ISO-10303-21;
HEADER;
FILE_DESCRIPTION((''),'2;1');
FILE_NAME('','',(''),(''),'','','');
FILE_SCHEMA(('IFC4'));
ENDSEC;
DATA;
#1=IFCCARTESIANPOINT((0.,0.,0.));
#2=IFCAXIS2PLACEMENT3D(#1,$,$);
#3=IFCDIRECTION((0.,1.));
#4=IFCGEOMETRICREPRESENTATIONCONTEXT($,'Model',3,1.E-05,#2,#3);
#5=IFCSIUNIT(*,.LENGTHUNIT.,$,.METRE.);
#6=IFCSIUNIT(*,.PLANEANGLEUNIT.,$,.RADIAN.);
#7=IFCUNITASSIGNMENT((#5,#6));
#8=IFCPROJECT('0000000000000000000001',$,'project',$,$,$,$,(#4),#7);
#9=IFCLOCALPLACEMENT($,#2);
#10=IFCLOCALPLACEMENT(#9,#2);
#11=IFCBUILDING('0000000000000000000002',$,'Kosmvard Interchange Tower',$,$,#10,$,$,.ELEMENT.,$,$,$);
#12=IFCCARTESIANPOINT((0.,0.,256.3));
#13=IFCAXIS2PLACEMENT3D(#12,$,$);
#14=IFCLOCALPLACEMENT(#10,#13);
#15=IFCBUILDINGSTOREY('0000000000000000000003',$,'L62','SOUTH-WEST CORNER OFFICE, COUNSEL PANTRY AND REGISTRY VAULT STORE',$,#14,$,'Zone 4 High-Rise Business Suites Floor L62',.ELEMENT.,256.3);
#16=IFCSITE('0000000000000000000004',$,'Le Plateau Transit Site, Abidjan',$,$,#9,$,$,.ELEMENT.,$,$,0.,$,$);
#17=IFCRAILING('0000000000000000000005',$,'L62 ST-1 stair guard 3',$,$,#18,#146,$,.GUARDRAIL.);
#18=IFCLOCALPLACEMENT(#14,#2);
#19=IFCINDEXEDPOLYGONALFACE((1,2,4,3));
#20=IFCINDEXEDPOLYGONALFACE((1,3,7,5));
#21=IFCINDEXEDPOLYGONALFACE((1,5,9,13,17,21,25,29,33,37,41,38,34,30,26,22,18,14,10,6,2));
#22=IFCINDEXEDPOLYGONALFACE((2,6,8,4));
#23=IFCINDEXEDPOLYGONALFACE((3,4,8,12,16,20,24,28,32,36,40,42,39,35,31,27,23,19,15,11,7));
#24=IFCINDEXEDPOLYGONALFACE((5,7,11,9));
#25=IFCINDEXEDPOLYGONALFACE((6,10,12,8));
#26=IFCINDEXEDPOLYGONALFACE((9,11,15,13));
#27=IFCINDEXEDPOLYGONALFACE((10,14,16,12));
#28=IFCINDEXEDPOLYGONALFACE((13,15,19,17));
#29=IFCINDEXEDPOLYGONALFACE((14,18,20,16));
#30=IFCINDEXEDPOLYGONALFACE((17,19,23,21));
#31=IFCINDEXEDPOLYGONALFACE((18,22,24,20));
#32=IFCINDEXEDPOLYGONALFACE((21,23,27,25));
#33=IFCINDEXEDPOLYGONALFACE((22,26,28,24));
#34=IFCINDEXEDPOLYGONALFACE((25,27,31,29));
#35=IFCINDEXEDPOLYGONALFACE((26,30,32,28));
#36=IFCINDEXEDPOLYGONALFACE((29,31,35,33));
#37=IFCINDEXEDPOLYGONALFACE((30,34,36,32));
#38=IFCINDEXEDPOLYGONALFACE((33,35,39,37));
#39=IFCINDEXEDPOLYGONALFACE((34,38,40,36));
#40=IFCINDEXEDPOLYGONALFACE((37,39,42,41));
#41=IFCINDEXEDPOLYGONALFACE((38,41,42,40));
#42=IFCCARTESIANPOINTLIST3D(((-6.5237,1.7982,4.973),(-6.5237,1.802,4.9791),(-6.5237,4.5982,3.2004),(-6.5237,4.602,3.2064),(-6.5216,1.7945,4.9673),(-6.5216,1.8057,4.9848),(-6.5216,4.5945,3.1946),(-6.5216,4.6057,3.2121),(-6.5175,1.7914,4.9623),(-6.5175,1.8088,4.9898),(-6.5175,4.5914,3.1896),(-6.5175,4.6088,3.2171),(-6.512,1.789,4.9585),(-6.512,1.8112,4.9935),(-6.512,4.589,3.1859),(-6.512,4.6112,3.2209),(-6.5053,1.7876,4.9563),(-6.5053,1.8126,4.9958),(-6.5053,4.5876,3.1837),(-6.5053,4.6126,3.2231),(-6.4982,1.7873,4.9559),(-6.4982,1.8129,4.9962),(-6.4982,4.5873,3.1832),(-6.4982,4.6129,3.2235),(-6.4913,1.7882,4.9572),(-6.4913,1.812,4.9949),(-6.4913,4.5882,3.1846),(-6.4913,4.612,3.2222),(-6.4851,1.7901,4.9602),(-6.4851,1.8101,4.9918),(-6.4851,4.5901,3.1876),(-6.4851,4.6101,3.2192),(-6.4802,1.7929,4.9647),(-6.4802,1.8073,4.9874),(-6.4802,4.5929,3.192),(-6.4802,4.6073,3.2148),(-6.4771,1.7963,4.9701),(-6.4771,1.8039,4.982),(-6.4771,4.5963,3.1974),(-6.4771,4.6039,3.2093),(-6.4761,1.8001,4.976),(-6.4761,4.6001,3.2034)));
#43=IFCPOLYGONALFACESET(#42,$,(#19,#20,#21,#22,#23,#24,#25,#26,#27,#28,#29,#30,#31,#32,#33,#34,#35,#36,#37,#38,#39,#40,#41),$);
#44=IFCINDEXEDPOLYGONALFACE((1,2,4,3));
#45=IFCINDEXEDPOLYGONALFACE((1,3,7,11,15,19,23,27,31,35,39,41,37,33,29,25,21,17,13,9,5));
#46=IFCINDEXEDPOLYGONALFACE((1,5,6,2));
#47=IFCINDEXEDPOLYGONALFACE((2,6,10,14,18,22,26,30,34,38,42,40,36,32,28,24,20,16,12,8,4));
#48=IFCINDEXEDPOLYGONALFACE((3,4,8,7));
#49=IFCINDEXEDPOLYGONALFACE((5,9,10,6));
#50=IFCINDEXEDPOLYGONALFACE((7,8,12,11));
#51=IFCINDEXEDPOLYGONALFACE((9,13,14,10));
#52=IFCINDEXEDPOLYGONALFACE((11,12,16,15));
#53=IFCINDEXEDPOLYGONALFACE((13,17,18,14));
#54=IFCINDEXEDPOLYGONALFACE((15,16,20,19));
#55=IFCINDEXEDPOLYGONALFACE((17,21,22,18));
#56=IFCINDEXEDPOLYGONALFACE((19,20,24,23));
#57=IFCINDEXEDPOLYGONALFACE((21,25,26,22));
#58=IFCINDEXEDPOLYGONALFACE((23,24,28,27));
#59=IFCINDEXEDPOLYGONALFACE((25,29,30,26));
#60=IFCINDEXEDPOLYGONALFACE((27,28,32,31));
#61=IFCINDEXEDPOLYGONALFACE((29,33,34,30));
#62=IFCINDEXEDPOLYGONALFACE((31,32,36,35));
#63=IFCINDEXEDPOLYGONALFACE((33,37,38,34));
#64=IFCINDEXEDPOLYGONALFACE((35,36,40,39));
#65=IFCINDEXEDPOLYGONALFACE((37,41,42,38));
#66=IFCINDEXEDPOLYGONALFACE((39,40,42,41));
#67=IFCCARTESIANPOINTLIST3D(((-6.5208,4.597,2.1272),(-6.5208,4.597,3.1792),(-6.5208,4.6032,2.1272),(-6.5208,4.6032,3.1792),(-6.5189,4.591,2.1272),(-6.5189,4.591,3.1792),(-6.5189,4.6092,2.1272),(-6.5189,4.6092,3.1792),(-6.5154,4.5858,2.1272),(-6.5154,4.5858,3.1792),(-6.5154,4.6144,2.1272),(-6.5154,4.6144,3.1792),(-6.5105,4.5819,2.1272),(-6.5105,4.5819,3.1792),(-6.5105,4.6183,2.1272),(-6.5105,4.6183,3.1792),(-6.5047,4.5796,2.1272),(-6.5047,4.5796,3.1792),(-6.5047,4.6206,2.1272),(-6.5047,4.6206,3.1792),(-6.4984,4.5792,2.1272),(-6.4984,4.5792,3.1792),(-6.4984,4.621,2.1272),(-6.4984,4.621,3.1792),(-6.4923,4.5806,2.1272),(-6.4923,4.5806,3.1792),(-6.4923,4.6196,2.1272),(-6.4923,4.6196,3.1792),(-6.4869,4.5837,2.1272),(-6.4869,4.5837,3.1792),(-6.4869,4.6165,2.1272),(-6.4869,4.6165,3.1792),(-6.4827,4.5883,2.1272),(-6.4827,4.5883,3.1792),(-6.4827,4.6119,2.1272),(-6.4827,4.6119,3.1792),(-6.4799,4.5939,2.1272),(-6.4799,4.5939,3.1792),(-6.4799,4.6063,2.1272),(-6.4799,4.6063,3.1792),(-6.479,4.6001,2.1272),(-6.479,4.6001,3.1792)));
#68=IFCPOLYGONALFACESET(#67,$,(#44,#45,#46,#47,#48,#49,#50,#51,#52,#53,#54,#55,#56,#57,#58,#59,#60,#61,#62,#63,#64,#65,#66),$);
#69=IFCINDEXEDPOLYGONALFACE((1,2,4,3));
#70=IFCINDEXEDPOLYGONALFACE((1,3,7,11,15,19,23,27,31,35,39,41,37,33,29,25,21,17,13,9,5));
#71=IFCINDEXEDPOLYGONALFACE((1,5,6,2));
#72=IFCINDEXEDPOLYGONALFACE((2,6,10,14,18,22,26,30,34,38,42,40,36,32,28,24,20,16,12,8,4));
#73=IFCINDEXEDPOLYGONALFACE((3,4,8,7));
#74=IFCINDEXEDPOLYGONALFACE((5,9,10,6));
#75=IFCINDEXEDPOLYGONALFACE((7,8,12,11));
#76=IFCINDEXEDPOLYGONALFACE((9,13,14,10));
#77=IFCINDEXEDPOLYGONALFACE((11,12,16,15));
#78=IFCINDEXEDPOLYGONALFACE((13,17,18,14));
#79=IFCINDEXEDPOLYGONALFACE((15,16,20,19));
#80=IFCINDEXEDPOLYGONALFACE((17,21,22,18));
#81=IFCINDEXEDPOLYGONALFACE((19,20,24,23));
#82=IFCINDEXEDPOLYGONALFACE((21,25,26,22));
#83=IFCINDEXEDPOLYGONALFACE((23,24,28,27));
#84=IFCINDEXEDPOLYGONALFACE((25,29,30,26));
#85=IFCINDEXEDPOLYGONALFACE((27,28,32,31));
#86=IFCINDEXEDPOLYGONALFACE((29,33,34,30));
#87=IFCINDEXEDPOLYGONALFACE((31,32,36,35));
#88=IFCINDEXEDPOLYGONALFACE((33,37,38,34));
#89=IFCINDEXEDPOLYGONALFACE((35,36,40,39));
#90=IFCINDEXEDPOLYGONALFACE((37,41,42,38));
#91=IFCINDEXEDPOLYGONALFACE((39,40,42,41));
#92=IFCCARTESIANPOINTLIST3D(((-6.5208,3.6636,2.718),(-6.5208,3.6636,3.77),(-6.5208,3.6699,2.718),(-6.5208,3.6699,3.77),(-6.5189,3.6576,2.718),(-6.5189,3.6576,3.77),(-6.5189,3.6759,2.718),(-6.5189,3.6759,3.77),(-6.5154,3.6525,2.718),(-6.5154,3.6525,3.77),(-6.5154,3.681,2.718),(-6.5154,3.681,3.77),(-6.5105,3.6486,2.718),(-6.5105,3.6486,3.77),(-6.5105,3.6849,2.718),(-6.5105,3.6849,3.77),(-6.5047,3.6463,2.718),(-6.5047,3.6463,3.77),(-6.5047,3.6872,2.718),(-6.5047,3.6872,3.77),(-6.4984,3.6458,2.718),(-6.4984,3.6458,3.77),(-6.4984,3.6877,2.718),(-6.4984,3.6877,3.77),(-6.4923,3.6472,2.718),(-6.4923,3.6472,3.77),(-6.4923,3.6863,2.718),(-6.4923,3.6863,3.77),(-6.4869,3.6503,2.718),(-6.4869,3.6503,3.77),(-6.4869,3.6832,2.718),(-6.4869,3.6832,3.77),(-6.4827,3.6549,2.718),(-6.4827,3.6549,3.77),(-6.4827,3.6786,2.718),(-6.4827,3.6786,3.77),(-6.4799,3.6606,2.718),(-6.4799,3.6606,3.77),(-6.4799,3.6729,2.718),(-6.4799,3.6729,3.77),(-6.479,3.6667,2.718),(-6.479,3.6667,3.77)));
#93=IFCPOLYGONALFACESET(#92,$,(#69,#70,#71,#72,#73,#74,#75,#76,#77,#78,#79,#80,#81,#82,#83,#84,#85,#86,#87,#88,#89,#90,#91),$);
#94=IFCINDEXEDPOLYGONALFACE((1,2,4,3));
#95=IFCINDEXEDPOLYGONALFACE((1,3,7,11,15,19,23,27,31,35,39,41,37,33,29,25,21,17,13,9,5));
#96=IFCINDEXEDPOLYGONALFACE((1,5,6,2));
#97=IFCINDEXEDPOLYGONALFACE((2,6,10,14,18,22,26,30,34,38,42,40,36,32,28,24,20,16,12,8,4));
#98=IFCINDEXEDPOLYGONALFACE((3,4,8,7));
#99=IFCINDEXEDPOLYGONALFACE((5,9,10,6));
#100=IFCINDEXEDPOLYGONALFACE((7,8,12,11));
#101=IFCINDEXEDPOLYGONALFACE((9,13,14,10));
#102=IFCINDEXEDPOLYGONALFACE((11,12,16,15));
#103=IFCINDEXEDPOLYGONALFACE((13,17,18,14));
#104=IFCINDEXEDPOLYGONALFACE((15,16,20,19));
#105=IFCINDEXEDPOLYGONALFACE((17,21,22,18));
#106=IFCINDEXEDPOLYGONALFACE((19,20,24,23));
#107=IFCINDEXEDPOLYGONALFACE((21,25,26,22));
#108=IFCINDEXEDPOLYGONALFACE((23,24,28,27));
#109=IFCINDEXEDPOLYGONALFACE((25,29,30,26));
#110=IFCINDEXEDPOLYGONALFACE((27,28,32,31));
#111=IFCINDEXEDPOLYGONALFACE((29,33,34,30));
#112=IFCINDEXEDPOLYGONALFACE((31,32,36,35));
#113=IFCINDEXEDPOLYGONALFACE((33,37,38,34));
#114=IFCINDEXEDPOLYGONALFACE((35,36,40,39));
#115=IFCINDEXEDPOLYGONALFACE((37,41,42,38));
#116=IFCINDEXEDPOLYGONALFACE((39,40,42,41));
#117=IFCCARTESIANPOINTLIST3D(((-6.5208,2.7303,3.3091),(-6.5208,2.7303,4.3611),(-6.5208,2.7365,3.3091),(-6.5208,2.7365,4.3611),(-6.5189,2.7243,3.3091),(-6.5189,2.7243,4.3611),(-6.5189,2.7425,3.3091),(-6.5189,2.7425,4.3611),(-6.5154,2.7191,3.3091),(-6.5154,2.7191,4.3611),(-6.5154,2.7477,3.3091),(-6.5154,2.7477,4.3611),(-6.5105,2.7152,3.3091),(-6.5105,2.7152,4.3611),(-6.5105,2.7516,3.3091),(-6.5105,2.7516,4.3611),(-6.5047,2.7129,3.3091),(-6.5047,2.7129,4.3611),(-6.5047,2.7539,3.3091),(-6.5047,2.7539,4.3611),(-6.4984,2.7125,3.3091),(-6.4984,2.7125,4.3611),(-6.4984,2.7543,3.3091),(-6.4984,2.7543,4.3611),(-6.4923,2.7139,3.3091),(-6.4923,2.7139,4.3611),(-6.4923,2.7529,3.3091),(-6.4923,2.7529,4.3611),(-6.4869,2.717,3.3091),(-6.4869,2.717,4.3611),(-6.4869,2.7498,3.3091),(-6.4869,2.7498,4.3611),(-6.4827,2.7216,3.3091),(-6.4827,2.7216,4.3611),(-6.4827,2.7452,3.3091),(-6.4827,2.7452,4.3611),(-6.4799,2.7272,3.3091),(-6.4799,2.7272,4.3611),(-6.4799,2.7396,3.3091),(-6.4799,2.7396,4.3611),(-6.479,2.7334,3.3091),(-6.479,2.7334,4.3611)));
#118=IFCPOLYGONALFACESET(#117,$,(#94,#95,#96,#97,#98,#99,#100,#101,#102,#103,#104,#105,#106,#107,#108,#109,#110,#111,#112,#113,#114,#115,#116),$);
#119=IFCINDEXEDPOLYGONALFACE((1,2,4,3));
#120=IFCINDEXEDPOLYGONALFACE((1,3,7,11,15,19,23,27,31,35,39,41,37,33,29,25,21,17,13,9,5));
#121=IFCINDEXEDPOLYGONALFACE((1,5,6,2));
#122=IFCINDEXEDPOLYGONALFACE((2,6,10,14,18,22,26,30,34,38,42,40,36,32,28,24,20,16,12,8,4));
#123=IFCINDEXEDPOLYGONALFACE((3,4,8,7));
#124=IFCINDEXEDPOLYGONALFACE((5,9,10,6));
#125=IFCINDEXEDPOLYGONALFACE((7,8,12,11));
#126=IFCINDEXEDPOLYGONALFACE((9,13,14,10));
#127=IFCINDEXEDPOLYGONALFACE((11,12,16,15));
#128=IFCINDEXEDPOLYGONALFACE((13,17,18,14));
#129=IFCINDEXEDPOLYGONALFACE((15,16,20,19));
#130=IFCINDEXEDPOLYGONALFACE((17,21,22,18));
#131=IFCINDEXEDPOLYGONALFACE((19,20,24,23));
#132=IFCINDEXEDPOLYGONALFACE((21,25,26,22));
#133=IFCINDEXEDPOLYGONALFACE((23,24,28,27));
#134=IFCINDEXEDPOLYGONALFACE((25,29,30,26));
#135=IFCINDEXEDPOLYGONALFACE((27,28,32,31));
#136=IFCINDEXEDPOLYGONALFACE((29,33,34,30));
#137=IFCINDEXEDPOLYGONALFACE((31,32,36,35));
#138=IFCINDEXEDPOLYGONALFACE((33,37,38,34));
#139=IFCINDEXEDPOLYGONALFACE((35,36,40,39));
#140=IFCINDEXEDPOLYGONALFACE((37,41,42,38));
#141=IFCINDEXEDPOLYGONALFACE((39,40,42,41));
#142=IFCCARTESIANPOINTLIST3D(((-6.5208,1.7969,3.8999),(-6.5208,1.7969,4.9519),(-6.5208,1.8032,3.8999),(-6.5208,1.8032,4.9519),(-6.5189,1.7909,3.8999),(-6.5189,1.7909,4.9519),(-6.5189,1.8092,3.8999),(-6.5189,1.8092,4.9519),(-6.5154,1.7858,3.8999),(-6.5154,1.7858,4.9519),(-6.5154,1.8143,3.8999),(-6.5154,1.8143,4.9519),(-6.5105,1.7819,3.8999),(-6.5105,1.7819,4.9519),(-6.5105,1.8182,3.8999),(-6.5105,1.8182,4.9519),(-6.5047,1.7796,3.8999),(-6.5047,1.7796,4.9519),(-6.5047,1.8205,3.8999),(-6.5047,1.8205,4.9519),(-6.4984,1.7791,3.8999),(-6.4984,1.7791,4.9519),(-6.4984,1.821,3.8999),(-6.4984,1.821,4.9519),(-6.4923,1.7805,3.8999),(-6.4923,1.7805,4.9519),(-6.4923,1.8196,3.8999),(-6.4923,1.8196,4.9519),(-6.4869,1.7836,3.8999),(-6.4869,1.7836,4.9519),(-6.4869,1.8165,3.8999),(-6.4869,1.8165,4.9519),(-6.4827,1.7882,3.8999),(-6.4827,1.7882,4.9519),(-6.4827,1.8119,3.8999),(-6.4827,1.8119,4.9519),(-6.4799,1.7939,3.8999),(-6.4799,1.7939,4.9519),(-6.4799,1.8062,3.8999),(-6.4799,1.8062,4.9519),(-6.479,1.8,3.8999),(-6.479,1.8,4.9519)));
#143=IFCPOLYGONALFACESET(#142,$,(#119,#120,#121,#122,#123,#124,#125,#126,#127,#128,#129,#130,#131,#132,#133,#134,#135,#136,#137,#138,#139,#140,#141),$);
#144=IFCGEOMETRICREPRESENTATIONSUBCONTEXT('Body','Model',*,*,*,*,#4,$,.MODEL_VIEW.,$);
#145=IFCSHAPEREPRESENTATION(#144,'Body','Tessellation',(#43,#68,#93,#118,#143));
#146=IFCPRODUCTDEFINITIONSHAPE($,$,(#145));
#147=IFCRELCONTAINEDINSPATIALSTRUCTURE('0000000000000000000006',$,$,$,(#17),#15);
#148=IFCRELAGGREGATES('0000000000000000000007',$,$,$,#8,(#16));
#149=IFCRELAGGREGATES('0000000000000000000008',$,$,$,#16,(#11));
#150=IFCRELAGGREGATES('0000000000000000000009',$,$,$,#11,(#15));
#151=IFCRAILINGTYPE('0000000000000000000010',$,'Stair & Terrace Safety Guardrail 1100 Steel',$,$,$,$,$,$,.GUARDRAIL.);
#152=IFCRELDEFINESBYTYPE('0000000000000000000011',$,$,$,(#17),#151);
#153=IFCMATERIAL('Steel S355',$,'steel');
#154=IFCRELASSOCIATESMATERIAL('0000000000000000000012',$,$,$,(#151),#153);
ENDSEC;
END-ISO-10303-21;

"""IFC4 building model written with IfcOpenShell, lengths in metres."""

from ifc_helpers import new_model, si_unit, direction, frame, origin, origin_2d, place, context, subcontext, project, spatial, circle, extrude, source, transform, mapped, material, type_object, element, save


model = new_model("IFC4")

# Units and contexts
model_context = context("Model", 3, precision=1e-05, world=origin(), true_north=direction((0.0, 1.0)))
body_context = subcontext(model_context, "Body", "Model", "MODEL_VIEW")
ifc_project = project(units=[si_unit("LENGTHUNIT", "METRE"), si_unit("PLANEANGLEUNIT", "RADIAN")], contexts=[model_context])

# Site, building, storey
site_placement = place(None, origin())
site = spatial("IfcSite", under=ifc_project, at=site_placement, Name="Le Plateau Transit Site, Abidjan", CompositionType="ELEMENT", RefElevation=0.0)
building_placement = place(site_placement, origin())
building = spatial("IfcBuilding", under=site, at=building_placement, Name="Kosmvard Interchange Tower", CompositionType="ELEMENT")
storey_placement = place(building_placement, frame((0.0, 0.0, 256.3)))
storey = spatial("IfcBuildingStorey", under=building, at=storey_placement, Name="L62", Description="SOUTH-WEST CORNER OFFICE, COUNSEL PANTRY AND REGISTRY VAULT STORE", LongName="Zone 4 High-Rise Business Suites Floor L62", CompositionType="ELEMENT", Elevation=256.3)

# Railing
ifc_material_1 = material(Name="Steel S355", Category="steel")
railing_type_1 = type_object("IfcRailingType", Name="Stair & Terrace Safety Guardrail 1100 Steel", PredefinedType="GUARDRAIL", material=ifc_material_1)
shared_shape_1 = source(origin(), body_context, "Body", "SweptSolid", [
    extrude(circle(Radius=0.0239, at=origin_2d()), frame((0.0, 0.0, 1.0762), z_axis=(0.0, -0.844909, 0.53491), x_axis=(1.0, 0.0, 0.0)), (0.0, 0.0, 1.0), 3.314),
    extrude(circle(Radius=0.021, at=origin_2d()), origin(), (0.0, 0.0, 1.0), 1.052),
    extrude(circle(Radius=0.021, at=origin_2d()), frame((0.0, -0.9333, 0.5908)), (0.0, 0.0, 1.0), 1.052),
    extrude(circle(Radius=0.021, at=origin_2d()), frame((0.0, -1.8667, 1.1819)), (0.0, 0.0, 1.0), 1.052),
    extrude(circle(Radius=0.021, at=origin_2d()), frame((0.0, -2.8, 1.7727)), (0.0, 0.0, 1.0), 1.052),
])
railing_1_placement = place(storey_placement, frame((-6.5, 4.6001, 2.1272)))
element("IfcRailing", 1, at=railing_1_placement, inside=storey, type_object=railing_type_1, Name="L62 ST-1 stair guard 3", PredefinedType="GUARDRAIL", context=body_context, shape_type="MappedRepresentation", body=[
    mapped(shared_shape_1, transform((0.0, 0.0, 0.0), scale=1.0)),
])

save(model, "model.ifc")
